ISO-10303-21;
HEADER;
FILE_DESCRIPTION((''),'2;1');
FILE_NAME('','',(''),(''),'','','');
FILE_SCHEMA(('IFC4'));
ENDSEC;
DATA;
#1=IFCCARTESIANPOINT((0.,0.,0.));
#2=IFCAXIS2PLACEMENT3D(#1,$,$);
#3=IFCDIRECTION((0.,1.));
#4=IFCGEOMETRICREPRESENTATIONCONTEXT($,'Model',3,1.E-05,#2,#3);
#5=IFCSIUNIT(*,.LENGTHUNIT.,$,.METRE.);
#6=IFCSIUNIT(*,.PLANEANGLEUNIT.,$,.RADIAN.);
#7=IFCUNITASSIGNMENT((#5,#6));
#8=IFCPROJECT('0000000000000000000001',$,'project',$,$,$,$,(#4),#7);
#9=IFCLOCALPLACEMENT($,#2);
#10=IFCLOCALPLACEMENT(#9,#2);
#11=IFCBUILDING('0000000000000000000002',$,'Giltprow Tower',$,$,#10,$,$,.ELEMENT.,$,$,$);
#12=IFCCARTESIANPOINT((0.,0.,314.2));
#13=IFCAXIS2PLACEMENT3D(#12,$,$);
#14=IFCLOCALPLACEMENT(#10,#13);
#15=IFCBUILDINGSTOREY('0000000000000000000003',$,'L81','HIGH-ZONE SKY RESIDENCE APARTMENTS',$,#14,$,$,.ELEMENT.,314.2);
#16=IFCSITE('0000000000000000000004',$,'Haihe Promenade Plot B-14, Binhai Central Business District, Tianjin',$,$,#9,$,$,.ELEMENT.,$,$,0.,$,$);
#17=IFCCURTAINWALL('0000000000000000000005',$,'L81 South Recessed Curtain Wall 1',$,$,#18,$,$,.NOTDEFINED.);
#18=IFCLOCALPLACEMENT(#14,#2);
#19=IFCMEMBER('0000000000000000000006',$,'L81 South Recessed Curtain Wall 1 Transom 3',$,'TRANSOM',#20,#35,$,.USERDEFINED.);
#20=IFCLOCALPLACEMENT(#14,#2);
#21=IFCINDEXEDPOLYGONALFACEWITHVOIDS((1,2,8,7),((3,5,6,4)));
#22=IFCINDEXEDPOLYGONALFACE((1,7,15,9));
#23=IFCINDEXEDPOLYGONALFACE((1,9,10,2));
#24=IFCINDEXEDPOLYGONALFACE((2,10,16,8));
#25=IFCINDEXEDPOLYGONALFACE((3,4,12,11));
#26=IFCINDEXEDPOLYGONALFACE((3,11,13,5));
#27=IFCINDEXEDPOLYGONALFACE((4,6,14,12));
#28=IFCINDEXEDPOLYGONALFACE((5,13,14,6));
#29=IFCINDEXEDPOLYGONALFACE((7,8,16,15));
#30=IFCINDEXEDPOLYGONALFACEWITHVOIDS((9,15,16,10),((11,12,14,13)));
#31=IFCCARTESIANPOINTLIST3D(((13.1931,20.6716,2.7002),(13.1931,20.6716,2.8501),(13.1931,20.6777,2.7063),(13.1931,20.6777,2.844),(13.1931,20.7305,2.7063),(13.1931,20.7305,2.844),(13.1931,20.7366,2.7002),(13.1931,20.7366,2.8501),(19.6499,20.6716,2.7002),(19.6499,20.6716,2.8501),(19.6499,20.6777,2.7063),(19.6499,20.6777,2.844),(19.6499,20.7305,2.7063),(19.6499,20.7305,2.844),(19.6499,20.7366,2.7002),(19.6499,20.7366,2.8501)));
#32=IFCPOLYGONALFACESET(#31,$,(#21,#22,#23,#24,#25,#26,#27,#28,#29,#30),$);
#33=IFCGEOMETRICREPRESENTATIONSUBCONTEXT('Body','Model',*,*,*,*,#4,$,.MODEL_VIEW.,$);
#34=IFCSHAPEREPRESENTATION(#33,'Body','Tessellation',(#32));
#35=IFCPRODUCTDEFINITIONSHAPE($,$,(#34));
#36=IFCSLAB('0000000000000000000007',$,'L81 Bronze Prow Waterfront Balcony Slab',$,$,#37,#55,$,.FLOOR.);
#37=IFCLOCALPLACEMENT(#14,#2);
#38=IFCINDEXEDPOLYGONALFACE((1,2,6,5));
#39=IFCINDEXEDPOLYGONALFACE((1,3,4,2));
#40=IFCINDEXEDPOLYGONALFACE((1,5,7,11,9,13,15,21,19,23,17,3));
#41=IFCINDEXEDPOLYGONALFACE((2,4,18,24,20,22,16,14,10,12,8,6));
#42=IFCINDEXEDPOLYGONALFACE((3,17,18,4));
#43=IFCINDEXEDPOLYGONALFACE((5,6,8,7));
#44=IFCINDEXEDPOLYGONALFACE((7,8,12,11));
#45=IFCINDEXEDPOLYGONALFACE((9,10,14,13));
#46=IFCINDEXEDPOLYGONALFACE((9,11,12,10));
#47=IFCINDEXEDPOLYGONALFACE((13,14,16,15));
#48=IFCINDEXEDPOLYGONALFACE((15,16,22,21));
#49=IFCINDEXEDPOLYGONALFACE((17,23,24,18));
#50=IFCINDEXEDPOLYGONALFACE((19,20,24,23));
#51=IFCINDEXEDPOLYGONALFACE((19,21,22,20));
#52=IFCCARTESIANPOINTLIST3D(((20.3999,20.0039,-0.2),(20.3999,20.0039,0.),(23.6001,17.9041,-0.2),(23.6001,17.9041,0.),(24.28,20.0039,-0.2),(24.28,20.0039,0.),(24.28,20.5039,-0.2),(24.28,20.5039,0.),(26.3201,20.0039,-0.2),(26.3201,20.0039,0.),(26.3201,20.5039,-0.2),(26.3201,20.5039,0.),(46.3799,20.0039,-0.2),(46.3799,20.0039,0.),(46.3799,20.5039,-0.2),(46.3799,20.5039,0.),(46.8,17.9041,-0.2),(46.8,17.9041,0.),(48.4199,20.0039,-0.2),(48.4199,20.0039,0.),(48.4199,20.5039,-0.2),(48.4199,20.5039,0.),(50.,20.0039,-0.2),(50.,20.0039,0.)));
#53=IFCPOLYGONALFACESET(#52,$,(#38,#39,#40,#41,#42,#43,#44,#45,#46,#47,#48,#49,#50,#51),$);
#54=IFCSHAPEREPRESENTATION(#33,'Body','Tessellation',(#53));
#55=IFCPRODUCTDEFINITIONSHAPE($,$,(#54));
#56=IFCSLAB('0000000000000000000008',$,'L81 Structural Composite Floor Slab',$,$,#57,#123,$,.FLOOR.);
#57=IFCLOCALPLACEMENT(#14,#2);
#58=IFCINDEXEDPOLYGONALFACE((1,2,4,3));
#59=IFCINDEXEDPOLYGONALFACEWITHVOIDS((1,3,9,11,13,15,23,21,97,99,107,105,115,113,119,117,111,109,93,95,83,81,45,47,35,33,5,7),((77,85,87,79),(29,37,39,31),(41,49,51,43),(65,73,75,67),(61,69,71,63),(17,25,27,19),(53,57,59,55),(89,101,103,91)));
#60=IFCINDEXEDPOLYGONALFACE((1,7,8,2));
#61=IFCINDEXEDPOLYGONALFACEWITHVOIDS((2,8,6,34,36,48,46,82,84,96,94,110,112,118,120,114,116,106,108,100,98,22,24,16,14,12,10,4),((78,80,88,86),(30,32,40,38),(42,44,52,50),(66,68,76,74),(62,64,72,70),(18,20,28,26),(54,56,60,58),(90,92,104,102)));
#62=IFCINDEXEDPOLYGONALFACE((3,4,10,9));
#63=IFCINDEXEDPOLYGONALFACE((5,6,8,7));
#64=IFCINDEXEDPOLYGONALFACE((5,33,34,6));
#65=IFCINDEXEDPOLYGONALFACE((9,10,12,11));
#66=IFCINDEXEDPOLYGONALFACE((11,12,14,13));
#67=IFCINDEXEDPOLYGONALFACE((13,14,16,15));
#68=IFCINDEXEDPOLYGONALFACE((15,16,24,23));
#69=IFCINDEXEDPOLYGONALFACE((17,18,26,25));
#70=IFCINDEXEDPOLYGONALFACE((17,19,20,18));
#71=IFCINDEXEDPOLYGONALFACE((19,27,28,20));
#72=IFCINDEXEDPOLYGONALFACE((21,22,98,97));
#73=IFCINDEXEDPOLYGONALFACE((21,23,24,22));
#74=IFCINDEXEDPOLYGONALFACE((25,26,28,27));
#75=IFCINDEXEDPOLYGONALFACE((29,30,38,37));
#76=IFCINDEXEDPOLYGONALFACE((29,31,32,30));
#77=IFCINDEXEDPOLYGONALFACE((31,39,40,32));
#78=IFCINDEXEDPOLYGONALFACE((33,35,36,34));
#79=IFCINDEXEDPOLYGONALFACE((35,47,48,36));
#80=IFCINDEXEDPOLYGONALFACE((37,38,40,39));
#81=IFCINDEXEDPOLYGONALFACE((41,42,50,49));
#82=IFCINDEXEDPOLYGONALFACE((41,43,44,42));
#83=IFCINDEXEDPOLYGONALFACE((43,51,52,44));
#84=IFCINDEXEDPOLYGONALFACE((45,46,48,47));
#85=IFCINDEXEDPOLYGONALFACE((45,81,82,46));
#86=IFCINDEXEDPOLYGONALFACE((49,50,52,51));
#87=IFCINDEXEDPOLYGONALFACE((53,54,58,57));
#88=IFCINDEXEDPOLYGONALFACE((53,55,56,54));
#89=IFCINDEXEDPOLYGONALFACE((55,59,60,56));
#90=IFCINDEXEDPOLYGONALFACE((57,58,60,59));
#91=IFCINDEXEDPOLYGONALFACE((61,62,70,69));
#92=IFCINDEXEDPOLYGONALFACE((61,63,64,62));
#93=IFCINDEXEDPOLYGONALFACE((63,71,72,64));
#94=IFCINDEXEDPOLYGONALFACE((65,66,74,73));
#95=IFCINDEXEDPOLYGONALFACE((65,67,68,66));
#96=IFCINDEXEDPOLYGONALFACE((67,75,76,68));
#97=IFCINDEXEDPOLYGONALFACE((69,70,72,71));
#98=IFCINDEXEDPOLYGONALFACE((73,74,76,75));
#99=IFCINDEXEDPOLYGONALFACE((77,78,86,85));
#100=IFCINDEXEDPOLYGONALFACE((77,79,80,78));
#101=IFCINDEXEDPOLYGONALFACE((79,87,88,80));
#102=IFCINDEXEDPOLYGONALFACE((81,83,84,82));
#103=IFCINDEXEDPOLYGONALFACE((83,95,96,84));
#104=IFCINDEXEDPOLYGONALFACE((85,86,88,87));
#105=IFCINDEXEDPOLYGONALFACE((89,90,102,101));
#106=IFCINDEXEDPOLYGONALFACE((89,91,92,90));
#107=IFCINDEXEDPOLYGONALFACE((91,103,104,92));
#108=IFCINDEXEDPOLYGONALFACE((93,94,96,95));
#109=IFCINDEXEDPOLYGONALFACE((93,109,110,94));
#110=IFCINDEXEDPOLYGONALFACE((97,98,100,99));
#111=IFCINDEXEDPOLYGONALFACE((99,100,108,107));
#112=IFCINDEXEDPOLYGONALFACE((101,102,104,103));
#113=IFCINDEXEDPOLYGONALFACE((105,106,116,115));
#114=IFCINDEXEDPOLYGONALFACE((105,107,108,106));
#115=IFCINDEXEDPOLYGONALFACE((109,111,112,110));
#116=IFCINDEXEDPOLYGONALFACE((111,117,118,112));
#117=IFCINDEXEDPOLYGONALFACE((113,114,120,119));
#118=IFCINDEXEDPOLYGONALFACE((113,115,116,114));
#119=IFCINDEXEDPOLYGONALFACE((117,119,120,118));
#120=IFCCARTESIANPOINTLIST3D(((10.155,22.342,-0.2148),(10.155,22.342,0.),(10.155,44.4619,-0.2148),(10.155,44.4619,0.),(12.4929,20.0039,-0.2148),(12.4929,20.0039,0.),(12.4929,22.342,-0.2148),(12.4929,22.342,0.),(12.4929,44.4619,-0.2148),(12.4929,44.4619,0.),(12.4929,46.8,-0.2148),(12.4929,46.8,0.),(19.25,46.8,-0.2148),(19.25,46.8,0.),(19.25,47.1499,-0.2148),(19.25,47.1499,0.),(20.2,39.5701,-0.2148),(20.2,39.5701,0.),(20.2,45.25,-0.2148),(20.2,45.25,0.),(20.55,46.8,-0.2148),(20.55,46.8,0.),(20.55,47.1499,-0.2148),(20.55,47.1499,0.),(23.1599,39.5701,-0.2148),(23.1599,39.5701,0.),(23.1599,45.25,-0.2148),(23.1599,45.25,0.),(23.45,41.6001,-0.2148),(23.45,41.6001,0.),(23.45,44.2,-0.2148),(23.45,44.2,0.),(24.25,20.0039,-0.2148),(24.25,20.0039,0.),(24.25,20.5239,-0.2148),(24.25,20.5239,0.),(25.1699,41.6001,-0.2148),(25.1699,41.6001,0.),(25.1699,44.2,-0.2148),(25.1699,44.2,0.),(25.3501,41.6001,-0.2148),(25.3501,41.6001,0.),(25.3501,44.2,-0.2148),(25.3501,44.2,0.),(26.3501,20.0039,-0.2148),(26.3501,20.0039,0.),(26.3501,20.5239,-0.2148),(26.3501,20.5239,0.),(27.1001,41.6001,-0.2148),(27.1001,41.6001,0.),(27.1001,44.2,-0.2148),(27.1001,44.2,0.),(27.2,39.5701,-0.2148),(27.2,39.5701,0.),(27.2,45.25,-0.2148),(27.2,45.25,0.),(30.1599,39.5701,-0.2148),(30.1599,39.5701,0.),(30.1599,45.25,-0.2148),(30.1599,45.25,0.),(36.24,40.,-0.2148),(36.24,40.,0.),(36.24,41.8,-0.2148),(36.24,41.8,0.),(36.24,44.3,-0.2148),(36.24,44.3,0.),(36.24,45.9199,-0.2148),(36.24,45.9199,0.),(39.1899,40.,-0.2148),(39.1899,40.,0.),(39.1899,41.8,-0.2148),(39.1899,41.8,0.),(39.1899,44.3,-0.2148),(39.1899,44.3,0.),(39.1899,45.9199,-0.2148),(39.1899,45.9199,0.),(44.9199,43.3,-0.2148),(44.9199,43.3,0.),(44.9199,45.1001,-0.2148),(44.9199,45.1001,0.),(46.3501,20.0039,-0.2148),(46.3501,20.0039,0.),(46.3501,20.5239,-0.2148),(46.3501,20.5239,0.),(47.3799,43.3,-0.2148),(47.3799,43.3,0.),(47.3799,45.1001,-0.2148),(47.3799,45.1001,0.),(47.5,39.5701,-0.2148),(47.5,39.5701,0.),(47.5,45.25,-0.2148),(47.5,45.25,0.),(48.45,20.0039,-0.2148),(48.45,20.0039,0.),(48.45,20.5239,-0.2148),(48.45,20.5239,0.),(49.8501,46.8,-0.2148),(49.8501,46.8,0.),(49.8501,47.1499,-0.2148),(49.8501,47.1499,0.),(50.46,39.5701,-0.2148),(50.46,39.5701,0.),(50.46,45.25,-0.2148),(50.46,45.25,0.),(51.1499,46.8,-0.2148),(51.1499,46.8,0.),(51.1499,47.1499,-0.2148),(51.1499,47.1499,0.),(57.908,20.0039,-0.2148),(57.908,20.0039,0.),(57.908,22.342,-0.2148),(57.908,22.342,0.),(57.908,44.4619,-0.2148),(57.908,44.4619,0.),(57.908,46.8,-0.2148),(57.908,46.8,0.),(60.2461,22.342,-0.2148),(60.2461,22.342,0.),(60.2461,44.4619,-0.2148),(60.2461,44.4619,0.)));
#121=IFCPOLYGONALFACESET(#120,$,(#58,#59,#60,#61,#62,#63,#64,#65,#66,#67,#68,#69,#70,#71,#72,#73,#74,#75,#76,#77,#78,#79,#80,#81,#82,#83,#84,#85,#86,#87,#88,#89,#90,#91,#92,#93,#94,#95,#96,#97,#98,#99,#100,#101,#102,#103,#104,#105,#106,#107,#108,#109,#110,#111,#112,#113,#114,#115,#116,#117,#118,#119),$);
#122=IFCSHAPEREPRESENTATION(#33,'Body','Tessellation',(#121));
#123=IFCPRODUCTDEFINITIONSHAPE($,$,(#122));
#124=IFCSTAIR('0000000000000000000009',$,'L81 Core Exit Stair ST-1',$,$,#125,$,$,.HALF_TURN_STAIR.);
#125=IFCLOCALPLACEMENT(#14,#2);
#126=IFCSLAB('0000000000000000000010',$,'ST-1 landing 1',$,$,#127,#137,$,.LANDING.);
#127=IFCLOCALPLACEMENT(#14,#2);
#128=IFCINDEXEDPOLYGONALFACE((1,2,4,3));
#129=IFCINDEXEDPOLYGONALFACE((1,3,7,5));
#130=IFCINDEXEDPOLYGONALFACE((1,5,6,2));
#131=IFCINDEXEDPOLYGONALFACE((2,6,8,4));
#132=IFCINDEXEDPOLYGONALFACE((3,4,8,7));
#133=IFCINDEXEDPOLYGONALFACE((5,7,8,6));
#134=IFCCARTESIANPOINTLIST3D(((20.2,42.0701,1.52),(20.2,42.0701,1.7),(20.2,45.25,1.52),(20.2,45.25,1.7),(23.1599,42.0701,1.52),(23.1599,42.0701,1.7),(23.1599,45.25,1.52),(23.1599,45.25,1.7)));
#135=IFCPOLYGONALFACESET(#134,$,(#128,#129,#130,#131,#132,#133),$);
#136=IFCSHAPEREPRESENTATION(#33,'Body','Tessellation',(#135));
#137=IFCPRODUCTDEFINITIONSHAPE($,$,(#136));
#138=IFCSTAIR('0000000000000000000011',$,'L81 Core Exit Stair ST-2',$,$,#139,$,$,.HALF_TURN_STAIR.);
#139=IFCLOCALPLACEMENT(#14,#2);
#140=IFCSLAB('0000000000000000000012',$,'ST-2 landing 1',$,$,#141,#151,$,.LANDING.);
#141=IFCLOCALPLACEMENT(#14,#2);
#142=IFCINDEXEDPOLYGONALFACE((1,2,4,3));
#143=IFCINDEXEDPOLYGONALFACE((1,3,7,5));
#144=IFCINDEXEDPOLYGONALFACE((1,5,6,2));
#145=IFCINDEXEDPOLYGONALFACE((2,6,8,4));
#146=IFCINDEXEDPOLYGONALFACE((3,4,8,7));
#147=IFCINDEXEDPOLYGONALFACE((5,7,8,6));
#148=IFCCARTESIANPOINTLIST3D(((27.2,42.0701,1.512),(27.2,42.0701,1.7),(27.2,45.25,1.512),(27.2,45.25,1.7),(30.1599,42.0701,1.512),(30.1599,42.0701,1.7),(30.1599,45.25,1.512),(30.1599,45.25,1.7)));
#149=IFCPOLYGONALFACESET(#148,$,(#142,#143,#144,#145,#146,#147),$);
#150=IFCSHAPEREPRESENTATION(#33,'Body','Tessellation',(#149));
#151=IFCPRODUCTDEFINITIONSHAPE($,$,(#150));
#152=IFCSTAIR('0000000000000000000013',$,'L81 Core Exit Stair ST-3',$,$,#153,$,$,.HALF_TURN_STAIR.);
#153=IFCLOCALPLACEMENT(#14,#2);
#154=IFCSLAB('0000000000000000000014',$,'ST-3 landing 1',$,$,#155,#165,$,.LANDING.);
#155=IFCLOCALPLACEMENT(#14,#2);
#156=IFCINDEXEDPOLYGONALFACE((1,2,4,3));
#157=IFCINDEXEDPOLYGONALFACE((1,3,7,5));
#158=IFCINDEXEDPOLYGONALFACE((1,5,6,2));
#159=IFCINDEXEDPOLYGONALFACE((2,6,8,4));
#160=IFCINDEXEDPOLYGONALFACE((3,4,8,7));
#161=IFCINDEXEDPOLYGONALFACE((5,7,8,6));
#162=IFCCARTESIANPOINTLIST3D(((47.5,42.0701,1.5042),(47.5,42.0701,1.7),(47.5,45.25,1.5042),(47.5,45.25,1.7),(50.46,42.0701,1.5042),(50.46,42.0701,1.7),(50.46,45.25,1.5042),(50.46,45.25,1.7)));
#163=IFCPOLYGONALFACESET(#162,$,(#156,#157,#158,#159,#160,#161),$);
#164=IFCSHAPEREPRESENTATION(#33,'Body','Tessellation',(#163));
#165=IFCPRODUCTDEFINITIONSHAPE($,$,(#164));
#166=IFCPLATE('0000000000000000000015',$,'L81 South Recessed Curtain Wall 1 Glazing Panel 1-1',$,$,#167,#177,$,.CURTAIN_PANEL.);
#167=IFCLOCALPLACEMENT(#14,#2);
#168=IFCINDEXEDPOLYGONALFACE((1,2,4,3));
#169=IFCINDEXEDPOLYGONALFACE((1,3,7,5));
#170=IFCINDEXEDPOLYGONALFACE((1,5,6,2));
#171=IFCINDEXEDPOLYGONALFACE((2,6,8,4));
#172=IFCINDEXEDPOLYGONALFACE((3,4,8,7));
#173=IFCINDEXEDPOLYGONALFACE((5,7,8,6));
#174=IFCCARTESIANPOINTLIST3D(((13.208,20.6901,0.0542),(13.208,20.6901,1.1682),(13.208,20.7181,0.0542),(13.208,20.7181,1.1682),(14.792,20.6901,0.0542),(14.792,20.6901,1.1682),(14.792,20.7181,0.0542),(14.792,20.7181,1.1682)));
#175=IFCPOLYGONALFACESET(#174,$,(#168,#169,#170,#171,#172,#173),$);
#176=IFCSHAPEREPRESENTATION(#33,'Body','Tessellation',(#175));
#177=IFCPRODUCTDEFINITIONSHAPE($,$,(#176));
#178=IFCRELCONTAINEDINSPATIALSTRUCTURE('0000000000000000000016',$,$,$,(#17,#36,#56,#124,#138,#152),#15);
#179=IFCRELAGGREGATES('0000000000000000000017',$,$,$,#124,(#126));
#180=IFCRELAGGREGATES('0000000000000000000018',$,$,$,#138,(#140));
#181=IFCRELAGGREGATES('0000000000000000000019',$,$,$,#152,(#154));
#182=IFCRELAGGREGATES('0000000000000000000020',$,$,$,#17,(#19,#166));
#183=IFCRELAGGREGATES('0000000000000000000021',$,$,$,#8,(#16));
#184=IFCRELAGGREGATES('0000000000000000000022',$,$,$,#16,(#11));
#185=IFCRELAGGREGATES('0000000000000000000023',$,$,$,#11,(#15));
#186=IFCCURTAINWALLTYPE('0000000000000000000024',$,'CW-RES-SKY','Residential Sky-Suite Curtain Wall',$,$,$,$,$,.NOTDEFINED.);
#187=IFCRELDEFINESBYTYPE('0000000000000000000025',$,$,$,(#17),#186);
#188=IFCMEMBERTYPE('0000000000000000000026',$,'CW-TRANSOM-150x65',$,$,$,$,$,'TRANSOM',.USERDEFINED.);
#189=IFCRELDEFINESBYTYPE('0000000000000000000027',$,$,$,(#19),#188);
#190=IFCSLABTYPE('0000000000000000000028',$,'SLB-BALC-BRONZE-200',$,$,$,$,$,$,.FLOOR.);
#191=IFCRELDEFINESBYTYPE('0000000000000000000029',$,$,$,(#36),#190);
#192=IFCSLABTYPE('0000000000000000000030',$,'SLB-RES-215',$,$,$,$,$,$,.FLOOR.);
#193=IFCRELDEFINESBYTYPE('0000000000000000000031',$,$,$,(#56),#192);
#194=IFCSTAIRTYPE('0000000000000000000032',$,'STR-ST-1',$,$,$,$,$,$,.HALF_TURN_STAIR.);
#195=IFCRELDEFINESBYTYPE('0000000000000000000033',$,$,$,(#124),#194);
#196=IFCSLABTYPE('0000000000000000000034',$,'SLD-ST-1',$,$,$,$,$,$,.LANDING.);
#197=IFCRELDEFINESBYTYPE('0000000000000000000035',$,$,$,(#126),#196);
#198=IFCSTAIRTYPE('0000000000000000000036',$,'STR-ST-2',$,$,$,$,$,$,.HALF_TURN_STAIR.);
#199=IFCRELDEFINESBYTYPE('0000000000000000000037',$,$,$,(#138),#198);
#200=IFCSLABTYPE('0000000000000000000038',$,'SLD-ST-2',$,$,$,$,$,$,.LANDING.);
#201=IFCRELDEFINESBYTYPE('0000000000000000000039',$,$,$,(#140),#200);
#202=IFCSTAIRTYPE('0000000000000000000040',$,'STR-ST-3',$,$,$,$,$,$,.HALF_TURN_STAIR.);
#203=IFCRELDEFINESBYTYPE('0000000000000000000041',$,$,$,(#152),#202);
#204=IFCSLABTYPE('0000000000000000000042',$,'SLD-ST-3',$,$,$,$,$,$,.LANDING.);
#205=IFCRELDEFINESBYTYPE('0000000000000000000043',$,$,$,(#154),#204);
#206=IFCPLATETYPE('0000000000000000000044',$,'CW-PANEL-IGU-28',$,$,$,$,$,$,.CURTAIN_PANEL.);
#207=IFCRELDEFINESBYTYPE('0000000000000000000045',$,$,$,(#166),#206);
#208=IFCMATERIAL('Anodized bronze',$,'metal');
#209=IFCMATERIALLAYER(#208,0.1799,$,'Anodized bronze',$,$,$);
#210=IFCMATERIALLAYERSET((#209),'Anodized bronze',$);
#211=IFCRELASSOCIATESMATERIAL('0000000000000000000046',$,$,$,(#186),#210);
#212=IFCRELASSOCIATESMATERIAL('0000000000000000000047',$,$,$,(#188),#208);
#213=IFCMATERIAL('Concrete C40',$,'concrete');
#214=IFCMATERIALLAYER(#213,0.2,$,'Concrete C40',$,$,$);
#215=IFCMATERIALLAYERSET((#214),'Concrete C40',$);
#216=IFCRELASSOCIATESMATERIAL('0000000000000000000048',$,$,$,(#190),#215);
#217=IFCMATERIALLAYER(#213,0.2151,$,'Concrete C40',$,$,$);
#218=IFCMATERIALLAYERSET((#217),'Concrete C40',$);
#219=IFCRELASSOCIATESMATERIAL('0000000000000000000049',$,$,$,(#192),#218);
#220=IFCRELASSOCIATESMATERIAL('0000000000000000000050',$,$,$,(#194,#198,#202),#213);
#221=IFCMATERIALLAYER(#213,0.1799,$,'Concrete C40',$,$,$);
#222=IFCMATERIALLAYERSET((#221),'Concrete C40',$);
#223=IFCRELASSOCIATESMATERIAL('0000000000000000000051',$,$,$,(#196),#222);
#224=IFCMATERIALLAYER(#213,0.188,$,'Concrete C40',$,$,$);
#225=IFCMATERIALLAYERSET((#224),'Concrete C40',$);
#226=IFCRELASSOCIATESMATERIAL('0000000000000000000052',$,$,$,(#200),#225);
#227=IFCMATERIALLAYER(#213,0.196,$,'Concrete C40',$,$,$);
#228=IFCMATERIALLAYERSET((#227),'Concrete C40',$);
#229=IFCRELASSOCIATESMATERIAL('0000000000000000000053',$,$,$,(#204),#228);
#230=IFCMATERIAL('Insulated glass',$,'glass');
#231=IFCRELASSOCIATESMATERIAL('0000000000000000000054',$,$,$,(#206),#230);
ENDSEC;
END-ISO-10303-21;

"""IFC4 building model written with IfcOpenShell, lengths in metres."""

from ifc_helpers import new_model, si_unit, direction, frame, origin, origin_2d, place, context, subcontext, project, spatial, polyline, rectangle, hollow_rectangle, outline, extrude, source, transform, mapped, material, layer, layer_set, material_profile, profile_set, type_object, element, aggregate, save


model = new_model("IFC4")

# Units and contexts
model_context = context("Model", 3, precision=1e-05, world=origin(), true_north=direction((0.0, 1.0)))
body_context = subcontext(model_context, "Body", "Model", "MODEL_VIEW")
ifc_project = project(units=[si_unit("LENGTHUNIT", "METRE"), si_unit("PLANEANGLEUNIT", "RADIAN")], contexts=[model_context])

# Site, building, storey
site_placement = place(None, origin())
site = spatial("IfcSite", under=ifc_project, at=site_placement, Name="Haihe Promenade Plot B-14, Binhai Central Business District, Tianjin", CompositionType="ELEMENT", RefElevation=0.0)
building_placement = place(site_placement, origin())
building = spatial("IfcBuilding", under=site, at=building_placement, Name="Giltprow Tower", CompositionType="ELEMENT")
storey_placement = place(building_placement, frame((0.0, 0.0, 314.2)))
storey = spatial("IfcBuildingStorey", under=building, at=storey_placement, Name="L81", Description="HIGH-ZONE SKY RESIDENCE APARTMENTS", CompositionType="ELEMENT", Elevation=314.2)

# Curtain wall, member
ifc_material_1 = material(Name="Anodized bronze", Category="metal")
ifc_layer_1 = layer(ifc_material_1, 0.1799, Name="Anodized bronze")
ifc_layer_set_1 = layer_set([ifc_layer_1], Name="Anodized bronze")
curtain_wall_type = type_object("IfcCurtainWallType", Name="CW-RES-SKY", Description="Residential Sky-Suite Curtain Wall", PredefinedType="NOTDEFINED", material=ifc_layer_set_1)
curtain_wall_placement = place(storey_placement, origin())
curtain_wall = element("IfcCurtainWall", 1, at=curtain_wall_placement, inside=storey, type_object=curtain_wall_type, Name="L81 South Recessed Curtain Wall 1", PredefinedType="NOTDEFINED")
ifc_material_profile_1 = material_profile(ifc_material_1, hollow_rectangle(XDim=0.0649, YDim=0.1499, WallThickness=0.0061, at=origin_2d()), Name="RHS 150x65x6")
ifc_profile_set_1 = profile_set([ifc_material_profile_1], Name="Anodized bronze")
member_type_1 = type_object("IfcMemberType", Name="CW-TRANSOM-150x65", ElementType="TRANSOM", PredefinedType="USERDEFINED", material=ifc_profile_set_1)
shared_shape_1 = source(origin(), body_context, "Body", "SweptSolid", [
    extrude(hollow_rectangle(XDim=0.0649, YDim=0.1499, WallThickness=0.0061, at=origin_2d()), origin(), (0.0, 0.0, 1.0), 6.4568),
])
member_1_placement = place(storey_placement, frame((13.1931, 20.7041, 2.7751), z_axis=(1.0, 0.0, 0.0), x_axis=(0.0, 1.0, 0.0)))
member_1 = element("IfcMember", 2, at=member_1_placement, type_object=member_type_1, Name="L81 South Recessed Curtain Wall 1 Transom 3", ObjectType="TRANSOM", PredefinedType="USERDEFINED", context=body_context, shape_type="MappedRepresentation", body=[
    mapped(shared_shape_1, transform((0.0, 0.0, 0.0), x_axis=(1.0, 0.0, 0.0), y_axis=(0.0, 1.0, 0.0), z_axis=(0.0, 0.0, 1.0), scale=1.0)),
])

# Slabs
ifc_material_2 = material(Name="Concrete C40", Category="concrete")
ifc_layer_2 = layer(ifc_material_2, 0.2, Name="Concrete C40")
ifc_layer_set_2 = layer_set([ifc_layer_2], Name="Concrete C40")
slab_type_1 = type_object("IfcSlabType", Name="SLB-BALC-BRONZE-200", PredefinedType="FLOOR", material=ifc_layer_set_2)
slab_1_placement = place(storey_placement, frame((0.0, 0.0, -0.2)))
element("IfcSlab", 3, at=slab_1_placement, inside=storey, type_object=slab_type_1, Name="L81 Bronze Prow Waterfront Balcony Slab", PredefinedType="FLOOR", context=body_context, shape_type="SweptSolid", body=[
    extrude(outline(polyline([(50.0, 20.0039), (46.8, 17.9041), (23.6001, 17.9041), (20.3999, 20.0039), (24.28, 20.0039), (24.28, 20.5039), (26.3201, 20.5039), (26.3201, 20.0039), (46.3799, 20.0039), (46.3799, 20.5039), (48.4199, 20.5039), (48.4199, 20.0039), (50.0, 20.0039)])), origin(), (0.0, 0.0, 1.0), 0.2),
])
ifc_layer_3 = layer(ifc_material_2, 0.2151, Name="Concrete C40")
ifc_layer_set_3 = layer_set([ifc_layer_3], Name="Concrete C40")
slab_type_2 = type_object("IfcSlabType", Name="SLB-RES-215", PredefinedType="FLOOR", material=ifc_layer_set_3)
slab_2_placement = place(storey_placement, frame((0.0, 0.0, -0.2148)))
element("IfcSlab", 4, at=slab_2_placement, inside=storey, type_object=slab_type_2, Name="L81 Structural Composite Floor Slab", PredefinedType="FLOOR", context=body_context, shape_type="SweptSolid", body=[
    extrude(outline(polyline([(60.2461, 44.4619), (60.2461, 22.342), (57.908, 22.342), (57.908, 20.0039), (48.45, 20.0039), (48.45, 20.5239), (46.3501, 20.5239), (46.3501, 20.0039), (26.3501, 20.0039), (26.3501, 20.5239), (24.25, 20.5239), (24.25, 20.0039), (12.4929, 20.0039), (12.4929, 22.342), (10.155, 22.342), (10.155, 44.4619), (12.4929, 44.4619), (12.4929, 46.8), (19.25, 46.8), (19.25, 47.1499), (20.55, 47.1499), (20.55, 46.8), (49.8501, 46.8), (49.8501, 47.1499), (51.1499, 47.1499), (51.1499, 46.8), (57.908, 46.8), (57.908, 44.4619), (60.2461, 44.4619)]), holes=[polyline([(39.1899, 41.8), (36.24, 41.8), (36.24, 40.0), (39.1899, 40.0), (39.1899, 41.8)]), polyline([(23.1599, 39.5701), (23.1599, 45.25), (20.2, 45.25), (20.2, 39.5701), (23.1599, 39.5701)]), polyline([(30.1599, 39.5701), (30.1599, 45.25), (27.2, 45.25), (27.2, 39.5701), (30.1599, 39.5701)]), polyline([(50.46, 45.25), (47.5, 45.25), (47.5, 39.5701), (50.46, 39.5701), (50.46, 45.25)]), polyline([(25.1699, 44.2), (23.45, 44.2), (23.45, 41.6001), (25.1699, 41.6001), (25.1699, 44.2)]), polyline([(27.1001, 44.2), (25.3501, 44.2), (25.3501, 41.6001), (27.1001, 41.6001), (27.1001, 44.2)]), polyline([(47.3799, 43.3), (47.3799, 45.1001), (44.9199, 45.1001), (44.9199, 43.3), (47.3799, 43.3)]), polyline([(39.1899, 44.3), (39.1899, 45.9199), (36.24, 45.9199), (36.24, 44.3), (39.1899, 44.3)])]), origin(), (0.0, 0.0, 1.0), 0.2148),
])

# Stairs, slabs
stair_type_1 = type_object("IfcStairType", Name="STR-ST-1", PredefinedType="HALF_TURN_STAIR", material=ifc_material_2)
stair_1_placement = place(storey_placement, origin())
stair_1 = element("IfcStair", 5, at=stair_1_placement, inside=storey, type_object=stair_type_1, Name="L81 Core Exit Stair ST-1", PredefinedType="HALF_TURN_STAIR")
ifc_layer_4 = layer(ifc_material_2, 0.1799, Name="Concrete C40")
ifc_layer_set_4 = layer_set([ifc_layer_4], Name="Concrete C40")
slab_type_3 = type_object("IfcSlabType", Name="SLD-ST-1", PredefinedType="LANDING", material=ifc_layer_set_4)
slab_3_placement = place(storey_placement, frame((0.0, 0.0, 1.52)))
slab_3 = element("IfcSlab", 6, at=slab_3_placement, type_object=slab_type_3, Name="ST-1 landing 1", PredefinedType="LANDING", context=body_context, shape_type="SweptSolid", body=[
    extrude(outline(polyline([(23.1599, 42.0701), (23.1599, 45.25), (20.2, 45.25), (20.2, 42.0701), (23.1599, 42.0701)])), origin(), (0.0, 0.0, 1.0), 0.1799),
])
aggregate(stair_1, [slab_3])
stair_type_2 = type_object("IfcStairType", Name="STR-ST-2", PredefinedType="HALF_TURN_STAIR", material=ifc_material_2)
stair_2_placement = place(storey_placement, origin())
stair_2 = element("IfcStair", 7, at=stair_2_placement, inside=storey, type_object=stair_type_2, Name="L81 Core Exit Stair ST-2", PredefinedType="HALF_TURN_STAIR")
ifc_layer_5 = layer(ifc_material_2, 0.188, Name="Concrete C40")
ifc_layer_set_5 = layer_set([ifc_layer_5], Name="Concrete C40")
slab_type_4 = type_object("IfcSlabType", Name="SLD-ST-2", PredefinedType="LANDING", material=ifc_layer_set_5)
slab_4_placement = place(storey_placement, frame((0.0, 0.0, 1.512)))
slab_4 = element("IfcSlab", 8, at=slab_4_placement, type_object=slab_type_4, Name="ST-2 landing 1", PredefinedType="LANDING", context=body_context, shape_type="SweptSolid", body=[
    extrude(outline(polyline([(30.1599, 42.0701), (30.1599, 45.25), (27.2, 45.25), (27.2, 42.0701), (30.1599, 42.0701)])), origin(), (0.0, 0.0, 1.0), 0.188),
])
aggregate(stair_2, [slab_4])
stair_type_3 = type_object("IfcStairType", Name="STR-ST-3", PredefinedType="HALF_TURN_STAIR", material=ifc_material_2)
stair_3_placement = place(storey_placement, origin())
stair_3 = element("IfcStair", 9, at=stair_3_placement, inside=storey, type_object=stair_type_3, Name="L81 Core Exit Stair ST-3", PredefinedType="HALF_TURN_STAIR")
ifc_layer_6 = layer(ifc_material_2, 0.196, Name="Concrete C40")
ifc_layer_set_6 = layer_set([ifc_layer_6], Name="Concrete C40")
slab_type_5 = type_object("IfcSlabType", Name="SLD-ST-3", PredefinedType="LANDING", material=ifc_layer_set_6)
slab_5_placement = place(storey_placement, frame((0.0, 0.0, 1.5042)))
slab_5 = element("IfcSlab", 10, at=slab_5_placement, type_object=slab_type_5, Name="ST-3 landing 1", PredefinedType="LANDING", context=body_context, shape_type="SweptSolid", body=[
    extrude(outline(polyline([(50.46, 42.0701), (50.46, 45.25), (47.5, 45.25), (47.5, 42.0701), (50.46, 42.0701)])), origin(), (0.0, 0.0, 1.0), 0.1958),
])
aggregate(stair_3, [slab_5])

# Plate
ifc_material_3 = material(Name="Insulated glass", Category="glass")
plate_type = type_object("IfcPlateType", Name="CW-PANEL-IGU-28", PredefinedType="CURTAIN_PANEL", material=ifc_material_3)
shared_shape_2 = source(origin(), body_context, "Body", "SweptSolid", [
    extrude(rectangle(XDim=1.584, YDim=0.0281, at=origin_2d()), origin(), (0.0, 0.0, 1.0), 1.114),
])
plate_1_placement = place(storey_placement, frame((14.0, 20.7041, 0.0542), z_axis=(0.0, 0.0, 1.0), x_axis=(1.0, 0.0, 0.0)))
plate_1 = element("IfcPlate", 11, at=plate_1_placement, type_object=plate_type, Name="L81 South Recessed Curtain Wall 1 Glazing Panel 1-1", PredefinedType="CURTAIN_PANEL", context=body_context, shape_type="MappedRepresentation", body=[
    mapped(shared_shape_2, transform((0.0, 0.0, 0.0), x_axis=(1.0, 0.0, 0.0), y_axis=(0.0, 1.0, 0.0), z_axis=(0.0, 0.0, 1.0), scale=1.0)),
])
aggregate(curtain_wall, [member_1, plate_1])

save(model, "model.ifc")
